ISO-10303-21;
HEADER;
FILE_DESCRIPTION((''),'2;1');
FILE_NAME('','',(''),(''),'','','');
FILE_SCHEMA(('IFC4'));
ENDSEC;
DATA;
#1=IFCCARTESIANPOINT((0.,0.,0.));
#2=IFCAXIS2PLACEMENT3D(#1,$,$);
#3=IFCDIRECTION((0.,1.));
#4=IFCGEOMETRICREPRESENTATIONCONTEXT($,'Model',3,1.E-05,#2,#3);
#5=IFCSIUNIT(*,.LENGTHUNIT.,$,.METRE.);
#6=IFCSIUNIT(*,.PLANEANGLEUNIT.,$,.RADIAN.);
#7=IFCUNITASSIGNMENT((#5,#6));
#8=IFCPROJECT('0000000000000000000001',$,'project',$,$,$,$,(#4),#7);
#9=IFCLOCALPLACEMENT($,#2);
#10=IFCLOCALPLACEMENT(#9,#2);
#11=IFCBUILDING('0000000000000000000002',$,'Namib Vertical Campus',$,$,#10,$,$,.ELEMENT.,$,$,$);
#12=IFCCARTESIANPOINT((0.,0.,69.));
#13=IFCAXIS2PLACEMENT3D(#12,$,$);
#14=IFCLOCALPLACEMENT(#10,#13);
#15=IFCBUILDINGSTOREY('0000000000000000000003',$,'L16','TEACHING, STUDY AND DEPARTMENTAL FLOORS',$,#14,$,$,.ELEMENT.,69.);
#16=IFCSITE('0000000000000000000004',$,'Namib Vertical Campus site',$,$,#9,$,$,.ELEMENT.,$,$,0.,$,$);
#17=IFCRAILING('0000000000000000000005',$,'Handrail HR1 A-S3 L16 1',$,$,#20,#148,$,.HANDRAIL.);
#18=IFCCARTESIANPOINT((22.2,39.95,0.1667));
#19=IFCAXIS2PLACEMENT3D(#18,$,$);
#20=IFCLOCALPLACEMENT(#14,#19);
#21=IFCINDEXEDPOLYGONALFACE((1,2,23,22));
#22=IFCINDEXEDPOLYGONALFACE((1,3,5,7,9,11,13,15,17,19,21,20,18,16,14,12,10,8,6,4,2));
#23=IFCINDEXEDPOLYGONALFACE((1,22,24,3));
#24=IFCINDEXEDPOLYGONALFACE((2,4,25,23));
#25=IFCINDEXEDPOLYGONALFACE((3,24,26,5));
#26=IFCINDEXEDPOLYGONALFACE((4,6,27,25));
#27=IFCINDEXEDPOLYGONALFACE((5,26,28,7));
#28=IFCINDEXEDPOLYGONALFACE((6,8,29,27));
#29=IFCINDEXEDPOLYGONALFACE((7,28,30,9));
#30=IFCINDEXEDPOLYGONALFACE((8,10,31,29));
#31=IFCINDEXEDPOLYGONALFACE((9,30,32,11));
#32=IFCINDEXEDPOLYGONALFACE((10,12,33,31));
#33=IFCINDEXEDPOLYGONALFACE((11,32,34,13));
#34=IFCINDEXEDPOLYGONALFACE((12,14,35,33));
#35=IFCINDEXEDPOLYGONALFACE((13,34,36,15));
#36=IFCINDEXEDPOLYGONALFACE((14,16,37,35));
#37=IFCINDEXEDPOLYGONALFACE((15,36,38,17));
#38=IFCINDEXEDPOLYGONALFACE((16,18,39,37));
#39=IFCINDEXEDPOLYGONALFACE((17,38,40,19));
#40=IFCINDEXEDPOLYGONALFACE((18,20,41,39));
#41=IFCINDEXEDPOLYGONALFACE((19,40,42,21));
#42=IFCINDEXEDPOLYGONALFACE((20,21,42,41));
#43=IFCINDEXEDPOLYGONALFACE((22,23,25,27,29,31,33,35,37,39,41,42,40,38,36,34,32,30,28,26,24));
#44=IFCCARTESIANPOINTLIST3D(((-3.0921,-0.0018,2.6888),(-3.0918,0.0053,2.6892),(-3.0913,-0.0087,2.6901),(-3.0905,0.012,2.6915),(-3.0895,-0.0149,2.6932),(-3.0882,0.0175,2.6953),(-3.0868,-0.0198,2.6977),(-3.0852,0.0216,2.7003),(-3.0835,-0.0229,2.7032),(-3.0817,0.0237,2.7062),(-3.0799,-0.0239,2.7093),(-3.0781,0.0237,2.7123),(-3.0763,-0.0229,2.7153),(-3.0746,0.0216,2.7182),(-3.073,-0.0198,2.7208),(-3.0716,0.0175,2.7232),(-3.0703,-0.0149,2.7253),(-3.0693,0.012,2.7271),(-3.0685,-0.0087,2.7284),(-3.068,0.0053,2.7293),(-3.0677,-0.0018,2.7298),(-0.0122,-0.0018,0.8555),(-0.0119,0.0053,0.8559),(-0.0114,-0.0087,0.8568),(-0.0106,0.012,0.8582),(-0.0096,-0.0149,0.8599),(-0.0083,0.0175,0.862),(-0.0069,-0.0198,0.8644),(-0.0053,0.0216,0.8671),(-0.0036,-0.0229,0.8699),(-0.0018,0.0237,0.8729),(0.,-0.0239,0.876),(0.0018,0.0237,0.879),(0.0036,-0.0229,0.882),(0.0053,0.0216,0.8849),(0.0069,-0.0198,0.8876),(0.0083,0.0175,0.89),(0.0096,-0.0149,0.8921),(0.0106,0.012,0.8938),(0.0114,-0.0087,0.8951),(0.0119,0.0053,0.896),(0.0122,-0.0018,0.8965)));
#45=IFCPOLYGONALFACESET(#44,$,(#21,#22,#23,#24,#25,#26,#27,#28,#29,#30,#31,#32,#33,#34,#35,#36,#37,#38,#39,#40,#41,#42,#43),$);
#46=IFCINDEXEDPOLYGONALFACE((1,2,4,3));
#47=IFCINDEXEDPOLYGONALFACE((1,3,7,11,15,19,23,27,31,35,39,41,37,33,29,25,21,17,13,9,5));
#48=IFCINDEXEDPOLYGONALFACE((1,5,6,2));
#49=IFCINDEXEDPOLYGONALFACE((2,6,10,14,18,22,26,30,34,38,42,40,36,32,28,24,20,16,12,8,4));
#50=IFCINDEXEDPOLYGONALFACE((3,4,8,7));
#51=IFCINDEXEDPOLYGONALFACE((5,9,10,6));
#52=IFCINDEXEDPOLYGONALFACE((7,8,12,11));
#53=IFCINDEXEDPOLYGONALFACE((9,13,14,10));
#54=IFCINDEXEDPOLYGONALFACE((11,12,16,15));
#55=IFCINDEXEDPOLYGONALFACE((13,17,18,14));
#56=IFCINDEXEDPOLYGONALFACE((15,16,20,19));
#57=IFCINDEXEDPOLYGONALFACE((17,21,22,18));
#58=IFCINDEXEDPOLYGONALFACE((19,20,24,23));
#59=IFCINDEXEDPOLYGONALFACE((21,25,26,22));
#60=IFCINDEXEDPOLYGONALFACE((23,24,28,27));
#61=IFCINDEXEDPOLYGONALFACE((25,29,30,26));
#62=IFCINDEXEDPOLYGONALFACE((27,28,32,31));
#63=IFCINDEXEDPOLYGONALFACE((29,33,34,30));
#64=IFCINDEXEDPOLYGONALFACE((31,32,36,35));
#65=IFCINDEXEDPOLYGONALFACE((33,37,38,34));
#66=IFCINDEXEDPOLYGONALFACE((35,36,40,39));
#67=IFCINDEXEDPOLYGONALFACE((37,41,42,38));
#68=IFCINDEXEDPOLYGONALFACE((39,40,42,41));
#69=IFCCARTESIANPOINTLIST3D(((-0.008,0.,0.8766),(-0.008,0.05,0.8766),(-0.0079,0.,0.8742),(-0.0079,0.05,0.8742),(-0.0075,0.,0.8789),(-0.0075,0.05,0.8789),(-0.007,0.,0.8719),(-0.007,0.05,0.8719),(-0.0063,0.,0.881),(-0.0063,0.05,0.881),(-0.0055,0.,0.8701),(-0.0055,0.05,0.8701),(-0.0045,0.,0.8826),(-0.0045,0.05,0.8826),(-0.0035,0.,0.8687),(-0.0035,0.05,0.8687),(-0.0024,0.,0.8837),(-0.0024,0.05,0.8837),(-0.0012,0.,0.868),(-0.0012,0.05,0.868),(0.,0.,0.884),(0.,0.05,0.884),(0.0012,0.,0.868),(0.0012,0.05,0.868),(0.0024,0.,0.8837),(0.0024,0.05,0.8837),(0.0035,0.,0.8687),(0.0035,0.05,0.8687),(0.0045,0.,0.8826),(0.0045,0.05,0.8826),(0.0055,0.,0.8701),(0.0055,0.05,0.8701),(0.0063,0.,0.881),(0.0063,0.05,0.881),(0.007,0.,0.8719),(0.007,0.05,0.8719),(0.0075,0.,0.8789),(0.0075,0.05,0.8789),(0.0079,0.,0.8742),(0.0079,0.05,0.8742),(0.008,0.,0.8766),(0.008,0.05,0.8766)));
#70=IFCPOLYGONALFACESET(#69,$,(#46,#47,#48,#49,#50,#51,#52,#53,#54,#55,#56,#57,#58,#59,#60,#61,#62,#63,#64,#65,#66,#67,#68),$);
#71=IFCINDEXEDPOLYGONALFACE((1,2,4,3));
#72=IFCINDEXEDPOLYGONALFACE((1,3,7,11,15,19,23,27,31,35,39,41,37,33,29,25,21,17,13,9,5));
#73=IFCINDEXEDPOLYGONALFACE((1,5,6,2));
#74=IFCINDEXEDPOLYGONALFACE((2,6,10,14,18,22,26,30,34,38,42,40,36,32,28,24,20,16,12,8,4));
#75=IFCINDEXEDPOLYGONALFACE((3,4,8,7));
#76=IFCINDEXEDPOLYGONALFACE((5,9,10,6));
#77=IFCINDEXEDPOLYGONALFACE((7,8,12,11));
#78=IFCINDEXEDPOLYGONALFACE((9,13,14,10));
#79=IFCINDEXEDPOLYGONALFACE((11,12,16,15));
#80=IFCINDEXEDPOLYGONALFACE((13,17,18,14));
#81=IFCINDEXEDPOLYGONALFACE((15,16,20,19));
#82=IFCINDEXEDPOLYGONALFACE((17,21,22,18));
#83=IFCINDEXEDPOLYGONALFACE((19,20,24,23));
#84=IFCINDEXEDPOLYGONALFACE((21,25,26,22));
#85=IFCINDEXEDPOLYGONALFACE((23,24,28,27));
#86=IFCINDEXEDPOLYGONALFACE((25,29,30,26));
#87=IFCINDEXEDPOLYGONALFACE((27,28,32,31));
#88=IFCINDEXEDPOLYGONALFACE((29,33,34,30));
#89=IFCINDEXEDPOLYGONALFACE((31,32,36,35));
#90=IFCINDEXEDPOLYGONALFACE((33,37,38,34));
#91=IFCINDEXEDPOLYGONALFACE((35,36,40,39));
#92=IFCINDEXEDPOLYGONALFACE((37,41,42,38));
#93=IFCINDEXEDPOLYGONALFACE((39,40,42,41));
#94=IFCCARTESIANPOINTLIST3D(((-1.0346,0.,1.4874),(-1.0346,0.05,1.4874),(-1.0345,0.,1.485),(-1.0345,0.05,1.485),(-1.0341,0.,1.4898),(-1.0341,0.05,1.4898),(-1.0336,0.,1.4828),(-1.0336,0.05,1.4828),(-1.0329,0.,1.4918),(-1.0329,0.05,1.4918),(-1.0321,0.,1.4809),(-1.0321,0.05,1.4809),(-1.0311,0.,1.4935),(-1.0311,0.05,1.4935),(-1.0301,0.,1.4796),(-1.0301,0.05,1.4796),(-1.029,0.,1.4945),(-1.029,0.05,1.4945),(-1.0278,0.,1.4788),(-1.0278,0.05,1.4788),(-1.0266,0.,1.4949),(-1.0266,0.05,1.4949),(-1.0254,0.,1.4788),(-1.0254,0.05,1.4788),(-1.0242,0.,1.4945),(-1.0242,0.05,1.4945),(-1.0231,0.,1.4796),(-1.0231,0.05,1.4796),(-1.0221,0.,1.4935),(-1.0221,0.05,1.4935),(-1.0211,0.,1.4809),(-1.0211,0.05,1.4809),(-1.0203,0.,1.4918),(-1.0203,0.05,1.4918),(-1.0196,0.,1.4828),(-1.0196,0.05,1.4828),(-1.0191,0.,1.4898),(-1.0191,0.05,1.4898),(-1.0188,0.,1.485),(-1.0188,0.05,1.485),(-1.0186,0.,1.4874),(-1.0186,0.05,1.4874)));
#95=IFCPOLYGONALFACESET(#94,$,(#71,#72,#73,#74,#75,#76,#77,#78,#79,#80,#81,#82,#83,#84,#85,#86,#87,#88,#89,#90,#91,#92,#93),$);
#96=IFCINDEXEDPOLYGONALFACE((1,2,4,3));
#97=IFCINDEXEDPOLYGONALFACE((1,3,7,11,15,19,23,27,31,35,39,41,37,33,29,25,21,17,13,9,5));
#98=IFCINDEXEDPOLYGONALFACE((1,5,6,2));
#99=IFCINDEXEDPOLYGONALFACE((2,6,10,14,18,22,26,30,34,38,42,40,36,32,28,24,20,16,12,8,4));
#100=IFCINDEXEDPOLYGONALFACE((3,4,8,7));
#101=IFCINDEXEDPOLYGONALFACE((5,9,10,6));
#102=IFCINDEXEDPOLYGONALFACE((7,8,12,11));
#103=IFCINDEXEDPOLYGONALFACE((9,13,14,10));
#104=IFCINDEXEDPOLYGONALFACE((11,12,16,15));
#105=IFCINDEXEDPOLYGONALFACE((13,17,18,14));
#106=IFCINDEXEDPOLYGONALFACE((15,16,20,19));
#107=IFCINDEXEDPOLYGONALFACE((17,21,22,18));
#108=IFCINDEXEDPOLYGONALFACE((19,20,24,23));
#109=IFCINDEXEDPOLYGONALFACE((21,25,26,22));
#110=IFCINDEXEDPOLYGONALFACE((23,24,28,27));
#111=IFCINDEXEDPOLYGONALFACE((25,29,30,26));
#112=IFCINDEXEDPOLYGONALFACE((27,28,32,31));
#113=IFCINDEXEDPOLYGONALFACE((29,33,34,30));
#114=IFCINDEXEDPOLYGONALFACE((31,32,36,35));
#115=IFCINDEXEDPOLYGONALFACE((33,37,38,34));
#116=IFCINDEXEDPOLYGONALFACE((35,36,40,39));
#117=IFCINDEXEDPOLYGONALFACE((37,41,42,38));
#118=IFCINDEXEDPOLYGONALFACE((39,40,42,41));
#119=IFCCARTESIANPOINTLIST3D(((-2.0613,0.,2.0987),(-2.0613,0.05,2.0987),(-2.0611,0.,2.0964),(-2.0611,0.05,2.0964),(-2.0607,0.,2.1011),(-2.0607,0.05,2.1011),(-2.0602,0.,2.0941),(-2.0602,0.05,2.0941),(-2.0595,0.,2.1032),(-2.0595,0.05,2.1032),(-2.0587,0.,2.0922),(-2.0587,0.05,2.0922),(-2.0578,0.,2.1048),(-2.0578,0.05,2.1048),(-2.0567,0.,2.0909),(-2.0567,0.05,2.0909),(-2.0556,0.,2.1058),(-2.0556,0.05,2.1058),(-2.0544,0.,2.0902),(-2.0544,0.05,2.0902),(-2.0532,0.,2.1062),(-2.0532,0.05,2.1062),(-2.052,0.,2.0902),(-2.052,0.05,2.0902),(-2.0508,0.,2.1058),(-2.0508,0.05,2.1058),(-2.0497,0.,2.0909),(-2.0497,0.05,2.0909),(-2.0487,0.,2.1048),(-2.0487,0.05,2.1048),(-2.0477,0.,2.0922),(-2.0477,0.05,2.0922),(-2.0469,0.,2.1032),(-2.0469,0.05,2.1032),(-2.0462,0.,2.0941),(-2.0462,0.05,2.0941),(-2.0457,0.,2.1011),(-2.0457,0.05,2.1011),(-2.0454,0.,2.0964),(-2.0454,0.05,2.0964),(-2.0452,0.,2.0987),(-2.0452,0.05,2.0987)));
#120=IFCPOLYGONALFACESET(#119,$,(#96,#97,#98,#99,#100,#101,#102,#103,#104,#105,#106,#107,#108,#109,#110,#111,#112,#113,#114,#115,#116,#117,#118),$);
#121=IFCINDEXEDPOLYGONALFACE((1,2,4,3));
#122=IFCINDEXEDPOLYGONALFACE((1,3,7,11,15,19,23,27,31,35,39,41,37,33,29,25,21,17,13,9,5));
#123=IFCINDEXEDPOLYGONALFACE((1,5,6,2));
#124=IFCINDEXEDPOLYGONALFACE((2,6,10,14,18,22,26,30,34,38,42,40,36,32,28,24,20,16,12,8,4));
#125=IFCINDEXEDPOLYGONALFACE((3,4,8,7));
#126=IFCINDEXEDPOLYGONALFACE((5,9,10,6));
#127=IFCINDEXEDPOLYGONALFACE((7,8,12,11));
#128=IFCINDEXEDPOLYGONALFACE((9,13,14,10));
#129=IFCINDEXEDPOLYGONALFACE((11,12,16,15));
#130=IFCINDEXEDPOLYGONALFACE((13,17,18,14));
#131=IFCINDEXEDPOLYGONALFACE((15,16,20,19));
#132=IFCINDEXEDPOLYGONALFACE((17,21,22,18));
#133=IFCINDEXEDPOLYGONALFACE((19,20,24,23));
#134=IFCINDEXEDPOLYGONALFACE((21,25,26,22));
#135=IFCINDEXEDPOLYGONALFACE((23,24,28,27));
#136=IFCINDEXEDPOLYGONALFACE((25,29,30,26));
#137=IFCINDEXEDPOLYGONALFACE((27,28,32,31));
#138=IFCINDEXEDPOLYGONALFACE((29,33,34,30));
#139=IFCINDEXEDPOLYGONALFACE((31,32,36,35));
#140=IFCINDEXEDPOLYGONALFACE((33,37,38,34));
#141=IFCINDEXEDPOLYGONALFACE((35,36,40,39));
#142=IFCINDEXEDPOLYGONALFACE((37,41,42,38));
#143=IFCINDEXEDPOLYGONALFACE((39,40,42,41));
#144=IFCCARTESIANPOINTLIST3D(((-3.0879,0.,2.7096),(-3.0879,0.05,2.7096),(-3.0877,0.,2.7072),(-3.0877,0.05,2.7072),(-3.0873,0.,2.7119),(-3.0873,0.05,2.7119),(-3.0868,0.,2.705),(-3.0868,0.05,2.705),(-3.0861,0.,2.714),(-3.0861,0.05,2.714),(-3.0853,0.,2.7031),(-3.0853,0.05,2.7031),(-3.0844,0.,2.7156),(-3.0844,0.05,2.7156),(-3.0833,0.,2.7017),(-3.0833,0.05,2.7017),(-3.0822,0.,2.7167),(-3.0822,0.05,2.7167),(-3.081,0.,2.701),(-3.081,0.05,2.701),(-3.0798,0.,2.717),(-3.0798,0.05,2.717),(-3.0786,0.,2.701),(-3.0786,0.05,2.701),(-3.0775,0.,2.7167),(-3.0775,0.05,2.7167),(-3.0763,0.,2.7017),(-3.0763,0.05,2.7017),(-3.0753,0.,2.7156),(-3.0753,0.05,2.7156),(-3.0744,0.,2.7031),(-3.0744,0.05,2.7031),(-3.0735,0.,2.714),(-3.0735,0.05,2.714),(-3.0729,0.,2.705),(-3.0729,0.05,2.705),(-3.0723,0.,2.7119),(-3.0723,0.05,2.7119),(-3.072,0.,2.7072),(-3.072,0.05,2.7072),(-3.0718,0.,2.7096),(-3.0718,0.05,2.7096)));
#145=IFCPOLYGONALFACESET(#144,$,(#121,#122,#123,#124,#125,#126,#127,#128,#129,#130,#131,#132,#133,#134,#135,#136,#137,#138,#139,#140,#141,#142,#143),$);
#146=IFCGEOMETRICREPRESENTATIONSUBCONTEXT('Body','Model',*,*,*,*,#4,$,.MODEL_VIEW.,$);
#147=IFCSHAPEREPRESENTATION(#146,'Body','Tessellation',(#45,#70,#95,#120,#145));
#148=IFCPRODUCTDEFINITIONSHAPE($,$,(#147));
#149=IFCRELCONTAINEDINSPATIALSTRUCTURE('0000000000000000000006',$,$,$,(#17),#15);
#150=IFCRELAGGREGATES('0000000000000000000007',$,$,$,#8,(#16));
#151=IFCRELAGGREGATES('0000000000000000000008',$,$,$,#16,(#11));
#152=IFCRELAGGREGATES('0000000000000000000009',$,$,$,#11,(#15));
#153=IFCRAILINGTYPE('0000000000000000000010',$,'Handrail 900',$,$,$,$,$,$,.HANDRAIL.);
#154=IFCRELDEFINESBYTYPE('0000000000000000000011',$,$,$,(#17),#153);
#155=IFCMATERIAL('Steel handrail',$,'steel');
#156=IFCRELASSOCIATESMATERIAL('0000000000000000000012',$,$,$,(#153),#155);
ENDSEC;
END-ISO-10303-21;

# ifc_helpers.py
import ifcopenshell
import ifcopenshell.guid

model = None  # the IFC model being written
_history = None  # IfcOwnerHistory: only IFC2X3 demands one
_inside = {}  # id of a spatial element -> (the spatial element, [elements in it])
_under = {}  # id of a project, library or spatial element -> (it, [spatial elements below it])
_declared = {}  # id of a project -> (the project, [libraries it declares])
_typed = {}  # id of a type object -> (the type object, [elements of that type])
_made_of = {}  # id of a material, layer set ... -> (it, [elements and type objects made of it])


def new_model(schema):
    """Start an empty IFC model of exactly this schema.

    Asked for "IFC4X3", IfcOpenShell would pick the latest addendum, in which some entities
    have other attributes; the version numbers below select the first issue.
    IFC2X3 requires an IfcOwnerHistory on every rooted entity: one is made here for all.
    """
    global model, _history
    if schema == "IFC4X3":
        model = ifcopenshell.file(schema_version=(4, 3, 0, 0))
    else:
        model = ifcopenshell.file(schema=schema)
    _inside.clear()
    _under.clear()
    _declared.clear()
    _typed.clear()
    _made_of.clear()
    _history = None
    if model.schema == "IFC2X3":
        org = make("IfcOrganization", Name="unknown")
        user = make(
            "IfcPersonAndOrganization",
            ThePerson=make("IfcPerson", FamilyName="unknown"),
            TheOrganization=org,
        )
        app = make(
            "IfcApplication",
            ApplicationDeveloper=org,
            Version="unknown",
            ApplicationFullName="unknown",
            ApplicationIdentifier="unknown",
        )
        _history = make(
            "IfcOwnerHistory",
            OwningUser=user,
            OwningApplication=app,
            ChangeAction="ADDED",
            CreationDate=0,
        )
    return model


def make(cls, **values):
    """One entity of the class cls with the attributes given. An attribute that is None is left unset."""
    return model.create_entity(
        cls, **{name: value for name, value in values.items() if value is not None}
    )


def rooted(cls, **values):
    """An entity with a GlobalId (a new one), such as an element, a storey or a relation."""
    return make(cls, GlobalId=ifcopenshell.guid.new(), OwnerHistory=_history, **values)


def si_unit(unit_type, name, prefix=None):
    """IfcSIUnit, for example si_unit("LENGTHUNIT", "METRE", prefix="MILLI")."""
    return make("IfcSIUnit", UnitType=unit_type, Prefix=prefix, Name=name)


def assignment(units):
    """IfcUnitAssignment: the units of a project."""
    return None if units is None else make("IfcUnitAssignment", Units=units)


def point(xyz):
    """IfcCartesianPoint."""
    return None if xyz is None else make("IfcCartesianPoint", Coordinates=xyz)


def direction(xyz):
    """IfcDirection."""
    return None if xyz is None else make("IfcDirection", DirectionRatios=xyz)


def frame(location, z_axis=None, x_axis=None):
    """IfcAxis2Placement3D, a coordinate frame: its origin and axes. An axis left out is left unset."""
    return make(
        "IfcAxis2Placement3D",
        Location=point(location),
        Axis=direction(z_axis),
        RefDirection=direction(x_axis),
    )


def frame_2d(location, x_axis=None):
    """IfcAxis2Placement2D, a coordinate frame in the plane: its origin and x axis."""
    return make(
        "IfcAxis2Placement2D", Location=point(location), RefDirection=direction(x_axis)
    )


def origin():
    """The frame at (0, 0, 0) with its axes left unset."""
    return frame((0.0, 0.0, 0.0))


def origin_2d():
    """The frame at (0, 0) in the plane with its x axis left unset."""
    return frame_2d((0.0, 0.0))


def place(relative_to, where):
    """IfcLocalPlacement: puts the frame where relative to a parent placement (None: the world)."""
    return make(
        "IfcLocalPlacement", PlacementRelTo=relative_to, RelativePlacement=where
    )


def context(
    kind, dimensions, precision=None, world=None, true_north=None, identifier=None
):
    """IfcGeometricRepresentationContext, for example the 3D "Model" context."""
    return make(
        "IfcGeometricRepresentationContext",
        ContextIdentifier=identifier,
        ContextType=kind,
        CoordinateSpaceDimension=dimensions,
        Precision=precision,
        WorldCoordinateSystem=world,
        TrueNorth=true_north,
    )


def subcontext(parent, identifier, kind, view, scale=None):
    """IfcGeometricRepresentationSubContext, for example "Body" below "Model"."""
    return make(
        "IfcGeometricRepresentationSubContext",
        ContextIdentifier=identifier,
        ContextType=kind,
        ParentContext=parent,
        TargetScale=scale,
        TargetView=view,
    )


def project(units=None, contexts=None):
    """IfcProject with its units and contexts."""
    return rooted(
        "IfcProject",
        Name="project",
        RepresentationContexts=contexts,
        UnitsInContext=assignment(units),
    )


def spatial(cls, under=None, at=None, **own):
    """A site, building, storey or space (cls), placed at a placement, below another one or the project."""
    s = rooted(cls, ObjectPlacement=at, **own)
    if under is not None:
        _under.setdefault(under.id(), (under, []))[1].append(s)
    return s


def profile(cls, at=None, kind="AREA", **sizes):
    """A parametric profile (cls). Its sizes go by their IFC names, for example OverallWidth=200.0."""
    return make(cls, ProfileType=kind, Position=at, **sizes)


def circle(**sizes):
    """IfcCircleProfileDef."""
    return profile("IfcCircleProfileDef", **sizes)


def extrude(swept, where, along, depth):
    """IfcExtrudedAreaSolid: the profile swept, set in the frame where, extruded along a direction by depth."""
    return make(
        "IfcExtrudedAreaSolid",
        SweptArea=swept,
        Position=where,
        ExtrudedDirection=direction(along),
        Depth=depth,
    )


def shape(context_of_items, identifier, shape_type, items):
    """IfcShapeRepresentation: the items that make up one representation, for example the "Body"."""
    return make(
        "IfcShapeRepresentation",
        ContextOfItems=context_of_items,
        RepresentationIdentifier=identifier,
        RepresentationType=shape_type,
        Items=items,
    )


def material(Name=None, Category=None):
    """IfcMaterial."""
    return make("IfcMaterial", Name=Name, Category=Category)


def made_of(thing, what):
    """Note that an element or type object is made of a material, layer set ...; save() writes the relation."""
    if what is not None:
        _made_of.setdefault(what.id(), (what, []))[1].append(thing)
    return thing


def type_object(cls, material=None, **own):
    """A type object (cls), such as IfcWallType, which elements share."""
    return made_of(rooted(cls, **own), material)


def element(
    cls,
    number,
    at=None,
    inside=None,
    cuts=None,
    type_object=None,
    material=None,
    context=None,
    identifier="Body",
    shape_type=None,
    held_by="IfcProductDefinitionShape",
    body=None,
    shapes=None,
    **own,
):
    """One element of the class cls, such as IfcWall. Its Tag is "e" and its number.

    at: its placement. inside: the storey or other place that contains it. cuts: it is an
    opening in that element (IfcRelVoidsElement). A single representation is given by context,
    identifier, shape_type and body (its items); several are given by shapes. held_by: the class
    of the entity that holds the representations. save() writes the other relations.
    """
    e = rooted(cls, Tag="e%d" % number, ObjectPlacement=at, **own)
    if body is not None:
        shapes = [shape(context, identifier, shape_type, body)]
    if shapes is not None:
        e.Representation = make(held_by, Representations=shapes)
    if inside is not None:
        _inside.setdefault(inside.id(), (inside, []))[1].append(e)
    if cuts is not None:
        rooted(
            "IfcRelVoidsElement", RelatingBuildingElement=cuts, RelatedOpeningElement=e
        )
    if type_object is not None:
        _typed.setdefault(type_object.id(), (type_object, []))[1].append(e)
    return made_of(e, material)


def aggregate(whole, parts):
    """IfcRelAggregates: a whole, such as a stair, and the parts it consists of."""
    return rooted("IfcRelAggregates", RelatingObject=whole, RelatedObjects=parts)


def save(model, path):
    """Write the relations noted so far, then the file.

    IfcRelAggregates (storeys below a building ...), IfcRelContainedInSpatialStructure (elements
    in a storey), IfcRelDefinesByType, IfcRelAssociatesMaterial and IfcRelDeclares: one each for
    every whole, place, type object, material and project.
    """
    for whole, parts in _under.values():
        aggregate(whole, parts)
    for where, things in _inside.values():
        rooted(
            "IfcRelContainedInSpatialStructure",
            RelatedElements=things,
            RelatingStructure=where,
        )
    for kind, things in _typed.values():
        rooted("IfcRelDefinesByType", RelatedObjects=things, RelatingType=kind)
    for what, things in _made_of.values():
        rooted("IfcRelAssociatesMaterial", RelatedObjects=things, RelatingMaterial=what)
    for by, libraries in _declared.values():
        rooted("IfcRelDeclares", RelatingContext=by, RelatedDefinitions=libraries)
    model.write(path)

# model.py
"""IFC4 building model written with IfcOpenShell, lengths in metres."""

from ifc_helpers import new_model, si_unit, direction, frame, origin, origin_2d, place, context, subcontext, project, spatial, circle, extrude, material, type_object, element, save


model = new_model("IFC4")

# Units and contexts
model_context = context("Model", 3, precision=1e-05, world=origin(), true_north=direction((0.0, 1.0)))
body_context = subcontext(model_context, "Body", "Model", "MODEL_VIEW")
ifc_project = project(units=[si_unit("LENGTHUNIT", "METRE"), si_unit("PLANEANGLEUNIT", "RADIAN")], contexts=[model_context])

# Site, building, storey
site_placement = place(None, origin())
site = spatial("IfcSite", under=ifc_project, at=site_placement, Name="Namib Vertical Campus site", CompositionType="ELEMENT", RefElevation=0.0)
building_placement = place(site_placement, origin())
building = spatial("IfcBuilding", under=site, at=building_placement, Name="Namib Vertical Campus", CompositionType="ELEMENT")
storey_placement = place(building_placement, frame((0.0, 0.0, 69.0)))
storey = spatial("IfcBuildingStorey", under=building, at=storey_placement, Name="L16", Description="TEACHING, STUDY AND DEPARTMENTAL FLOORS", CompositionType="ELEMENT", Elevation=69.0)

# Railing
ifc_material_1 = material(Name="Steel handrail", Category="steel")
railing_type_1 = type_object("IfcRailingType", Name="Handrail 900", PredefinedType="HANDRAIL", material=ifc_material_1)
railing_1_placement = place(storey_placement, frame((22.2, 39.95, 0.1667)))
element("IfcRailing", 1, at=railing_1_placement, inside=storey, type_object=railing_type_1, Name="Handrail HR1 A-S3 L16 1", PredefinedType="HANDRAIL", context=body_context, shape_type="SweptSolid", body=[
    extrude(circle(Radius=0.0239, at=origin_2d()), frame((0.0, 0.0, 0.876), z_axis=(-0.859291, 0.0, 0.511487), x_axis=(0.0, -1.0, 0.0)), (0.0, 0.0, 1.0), 3.5842),
    extrude(circle(Radius=0.0081, at=origin_2d()), frame((0.0, 0.0, 0.876), z_axis=(0.0, 1.0, 0.0), x_axis=(0.0, 0.0, 1.0)), (0.0, 0.0, 1.0), 0.05),
    extrude(circle(Radius=0.0081, at=origin_2d()), frame((-1.0266, 0.0, 1.4868), z_axis=(0.0, 1.0, 0.0), x_axis=(0.0, 0.0, 1.0)), (0.0, 0.0, 1.0), 0.05),
    extrude(circle(Radius=0.0081, at=origin_2d()), frame((-2.0532, 0.0, 2.0981), z_axis=(0.0, 1.0, 0.0), x_axis=(0.0, 0.0, 1.0)), (0.0, 0.0, 1.0), 0.05),
    extrude(circle(Radius=0.0081, at=origin_2d()), frame((-3.0798, 0.0, 2.709), z_axis=(0.0, 1.0, 0.0), x_axis=(0.0, 0.0, 1.0)), (0.0, 0.0, 1.0), 0.05),
])

save(model, "model.ifc")
